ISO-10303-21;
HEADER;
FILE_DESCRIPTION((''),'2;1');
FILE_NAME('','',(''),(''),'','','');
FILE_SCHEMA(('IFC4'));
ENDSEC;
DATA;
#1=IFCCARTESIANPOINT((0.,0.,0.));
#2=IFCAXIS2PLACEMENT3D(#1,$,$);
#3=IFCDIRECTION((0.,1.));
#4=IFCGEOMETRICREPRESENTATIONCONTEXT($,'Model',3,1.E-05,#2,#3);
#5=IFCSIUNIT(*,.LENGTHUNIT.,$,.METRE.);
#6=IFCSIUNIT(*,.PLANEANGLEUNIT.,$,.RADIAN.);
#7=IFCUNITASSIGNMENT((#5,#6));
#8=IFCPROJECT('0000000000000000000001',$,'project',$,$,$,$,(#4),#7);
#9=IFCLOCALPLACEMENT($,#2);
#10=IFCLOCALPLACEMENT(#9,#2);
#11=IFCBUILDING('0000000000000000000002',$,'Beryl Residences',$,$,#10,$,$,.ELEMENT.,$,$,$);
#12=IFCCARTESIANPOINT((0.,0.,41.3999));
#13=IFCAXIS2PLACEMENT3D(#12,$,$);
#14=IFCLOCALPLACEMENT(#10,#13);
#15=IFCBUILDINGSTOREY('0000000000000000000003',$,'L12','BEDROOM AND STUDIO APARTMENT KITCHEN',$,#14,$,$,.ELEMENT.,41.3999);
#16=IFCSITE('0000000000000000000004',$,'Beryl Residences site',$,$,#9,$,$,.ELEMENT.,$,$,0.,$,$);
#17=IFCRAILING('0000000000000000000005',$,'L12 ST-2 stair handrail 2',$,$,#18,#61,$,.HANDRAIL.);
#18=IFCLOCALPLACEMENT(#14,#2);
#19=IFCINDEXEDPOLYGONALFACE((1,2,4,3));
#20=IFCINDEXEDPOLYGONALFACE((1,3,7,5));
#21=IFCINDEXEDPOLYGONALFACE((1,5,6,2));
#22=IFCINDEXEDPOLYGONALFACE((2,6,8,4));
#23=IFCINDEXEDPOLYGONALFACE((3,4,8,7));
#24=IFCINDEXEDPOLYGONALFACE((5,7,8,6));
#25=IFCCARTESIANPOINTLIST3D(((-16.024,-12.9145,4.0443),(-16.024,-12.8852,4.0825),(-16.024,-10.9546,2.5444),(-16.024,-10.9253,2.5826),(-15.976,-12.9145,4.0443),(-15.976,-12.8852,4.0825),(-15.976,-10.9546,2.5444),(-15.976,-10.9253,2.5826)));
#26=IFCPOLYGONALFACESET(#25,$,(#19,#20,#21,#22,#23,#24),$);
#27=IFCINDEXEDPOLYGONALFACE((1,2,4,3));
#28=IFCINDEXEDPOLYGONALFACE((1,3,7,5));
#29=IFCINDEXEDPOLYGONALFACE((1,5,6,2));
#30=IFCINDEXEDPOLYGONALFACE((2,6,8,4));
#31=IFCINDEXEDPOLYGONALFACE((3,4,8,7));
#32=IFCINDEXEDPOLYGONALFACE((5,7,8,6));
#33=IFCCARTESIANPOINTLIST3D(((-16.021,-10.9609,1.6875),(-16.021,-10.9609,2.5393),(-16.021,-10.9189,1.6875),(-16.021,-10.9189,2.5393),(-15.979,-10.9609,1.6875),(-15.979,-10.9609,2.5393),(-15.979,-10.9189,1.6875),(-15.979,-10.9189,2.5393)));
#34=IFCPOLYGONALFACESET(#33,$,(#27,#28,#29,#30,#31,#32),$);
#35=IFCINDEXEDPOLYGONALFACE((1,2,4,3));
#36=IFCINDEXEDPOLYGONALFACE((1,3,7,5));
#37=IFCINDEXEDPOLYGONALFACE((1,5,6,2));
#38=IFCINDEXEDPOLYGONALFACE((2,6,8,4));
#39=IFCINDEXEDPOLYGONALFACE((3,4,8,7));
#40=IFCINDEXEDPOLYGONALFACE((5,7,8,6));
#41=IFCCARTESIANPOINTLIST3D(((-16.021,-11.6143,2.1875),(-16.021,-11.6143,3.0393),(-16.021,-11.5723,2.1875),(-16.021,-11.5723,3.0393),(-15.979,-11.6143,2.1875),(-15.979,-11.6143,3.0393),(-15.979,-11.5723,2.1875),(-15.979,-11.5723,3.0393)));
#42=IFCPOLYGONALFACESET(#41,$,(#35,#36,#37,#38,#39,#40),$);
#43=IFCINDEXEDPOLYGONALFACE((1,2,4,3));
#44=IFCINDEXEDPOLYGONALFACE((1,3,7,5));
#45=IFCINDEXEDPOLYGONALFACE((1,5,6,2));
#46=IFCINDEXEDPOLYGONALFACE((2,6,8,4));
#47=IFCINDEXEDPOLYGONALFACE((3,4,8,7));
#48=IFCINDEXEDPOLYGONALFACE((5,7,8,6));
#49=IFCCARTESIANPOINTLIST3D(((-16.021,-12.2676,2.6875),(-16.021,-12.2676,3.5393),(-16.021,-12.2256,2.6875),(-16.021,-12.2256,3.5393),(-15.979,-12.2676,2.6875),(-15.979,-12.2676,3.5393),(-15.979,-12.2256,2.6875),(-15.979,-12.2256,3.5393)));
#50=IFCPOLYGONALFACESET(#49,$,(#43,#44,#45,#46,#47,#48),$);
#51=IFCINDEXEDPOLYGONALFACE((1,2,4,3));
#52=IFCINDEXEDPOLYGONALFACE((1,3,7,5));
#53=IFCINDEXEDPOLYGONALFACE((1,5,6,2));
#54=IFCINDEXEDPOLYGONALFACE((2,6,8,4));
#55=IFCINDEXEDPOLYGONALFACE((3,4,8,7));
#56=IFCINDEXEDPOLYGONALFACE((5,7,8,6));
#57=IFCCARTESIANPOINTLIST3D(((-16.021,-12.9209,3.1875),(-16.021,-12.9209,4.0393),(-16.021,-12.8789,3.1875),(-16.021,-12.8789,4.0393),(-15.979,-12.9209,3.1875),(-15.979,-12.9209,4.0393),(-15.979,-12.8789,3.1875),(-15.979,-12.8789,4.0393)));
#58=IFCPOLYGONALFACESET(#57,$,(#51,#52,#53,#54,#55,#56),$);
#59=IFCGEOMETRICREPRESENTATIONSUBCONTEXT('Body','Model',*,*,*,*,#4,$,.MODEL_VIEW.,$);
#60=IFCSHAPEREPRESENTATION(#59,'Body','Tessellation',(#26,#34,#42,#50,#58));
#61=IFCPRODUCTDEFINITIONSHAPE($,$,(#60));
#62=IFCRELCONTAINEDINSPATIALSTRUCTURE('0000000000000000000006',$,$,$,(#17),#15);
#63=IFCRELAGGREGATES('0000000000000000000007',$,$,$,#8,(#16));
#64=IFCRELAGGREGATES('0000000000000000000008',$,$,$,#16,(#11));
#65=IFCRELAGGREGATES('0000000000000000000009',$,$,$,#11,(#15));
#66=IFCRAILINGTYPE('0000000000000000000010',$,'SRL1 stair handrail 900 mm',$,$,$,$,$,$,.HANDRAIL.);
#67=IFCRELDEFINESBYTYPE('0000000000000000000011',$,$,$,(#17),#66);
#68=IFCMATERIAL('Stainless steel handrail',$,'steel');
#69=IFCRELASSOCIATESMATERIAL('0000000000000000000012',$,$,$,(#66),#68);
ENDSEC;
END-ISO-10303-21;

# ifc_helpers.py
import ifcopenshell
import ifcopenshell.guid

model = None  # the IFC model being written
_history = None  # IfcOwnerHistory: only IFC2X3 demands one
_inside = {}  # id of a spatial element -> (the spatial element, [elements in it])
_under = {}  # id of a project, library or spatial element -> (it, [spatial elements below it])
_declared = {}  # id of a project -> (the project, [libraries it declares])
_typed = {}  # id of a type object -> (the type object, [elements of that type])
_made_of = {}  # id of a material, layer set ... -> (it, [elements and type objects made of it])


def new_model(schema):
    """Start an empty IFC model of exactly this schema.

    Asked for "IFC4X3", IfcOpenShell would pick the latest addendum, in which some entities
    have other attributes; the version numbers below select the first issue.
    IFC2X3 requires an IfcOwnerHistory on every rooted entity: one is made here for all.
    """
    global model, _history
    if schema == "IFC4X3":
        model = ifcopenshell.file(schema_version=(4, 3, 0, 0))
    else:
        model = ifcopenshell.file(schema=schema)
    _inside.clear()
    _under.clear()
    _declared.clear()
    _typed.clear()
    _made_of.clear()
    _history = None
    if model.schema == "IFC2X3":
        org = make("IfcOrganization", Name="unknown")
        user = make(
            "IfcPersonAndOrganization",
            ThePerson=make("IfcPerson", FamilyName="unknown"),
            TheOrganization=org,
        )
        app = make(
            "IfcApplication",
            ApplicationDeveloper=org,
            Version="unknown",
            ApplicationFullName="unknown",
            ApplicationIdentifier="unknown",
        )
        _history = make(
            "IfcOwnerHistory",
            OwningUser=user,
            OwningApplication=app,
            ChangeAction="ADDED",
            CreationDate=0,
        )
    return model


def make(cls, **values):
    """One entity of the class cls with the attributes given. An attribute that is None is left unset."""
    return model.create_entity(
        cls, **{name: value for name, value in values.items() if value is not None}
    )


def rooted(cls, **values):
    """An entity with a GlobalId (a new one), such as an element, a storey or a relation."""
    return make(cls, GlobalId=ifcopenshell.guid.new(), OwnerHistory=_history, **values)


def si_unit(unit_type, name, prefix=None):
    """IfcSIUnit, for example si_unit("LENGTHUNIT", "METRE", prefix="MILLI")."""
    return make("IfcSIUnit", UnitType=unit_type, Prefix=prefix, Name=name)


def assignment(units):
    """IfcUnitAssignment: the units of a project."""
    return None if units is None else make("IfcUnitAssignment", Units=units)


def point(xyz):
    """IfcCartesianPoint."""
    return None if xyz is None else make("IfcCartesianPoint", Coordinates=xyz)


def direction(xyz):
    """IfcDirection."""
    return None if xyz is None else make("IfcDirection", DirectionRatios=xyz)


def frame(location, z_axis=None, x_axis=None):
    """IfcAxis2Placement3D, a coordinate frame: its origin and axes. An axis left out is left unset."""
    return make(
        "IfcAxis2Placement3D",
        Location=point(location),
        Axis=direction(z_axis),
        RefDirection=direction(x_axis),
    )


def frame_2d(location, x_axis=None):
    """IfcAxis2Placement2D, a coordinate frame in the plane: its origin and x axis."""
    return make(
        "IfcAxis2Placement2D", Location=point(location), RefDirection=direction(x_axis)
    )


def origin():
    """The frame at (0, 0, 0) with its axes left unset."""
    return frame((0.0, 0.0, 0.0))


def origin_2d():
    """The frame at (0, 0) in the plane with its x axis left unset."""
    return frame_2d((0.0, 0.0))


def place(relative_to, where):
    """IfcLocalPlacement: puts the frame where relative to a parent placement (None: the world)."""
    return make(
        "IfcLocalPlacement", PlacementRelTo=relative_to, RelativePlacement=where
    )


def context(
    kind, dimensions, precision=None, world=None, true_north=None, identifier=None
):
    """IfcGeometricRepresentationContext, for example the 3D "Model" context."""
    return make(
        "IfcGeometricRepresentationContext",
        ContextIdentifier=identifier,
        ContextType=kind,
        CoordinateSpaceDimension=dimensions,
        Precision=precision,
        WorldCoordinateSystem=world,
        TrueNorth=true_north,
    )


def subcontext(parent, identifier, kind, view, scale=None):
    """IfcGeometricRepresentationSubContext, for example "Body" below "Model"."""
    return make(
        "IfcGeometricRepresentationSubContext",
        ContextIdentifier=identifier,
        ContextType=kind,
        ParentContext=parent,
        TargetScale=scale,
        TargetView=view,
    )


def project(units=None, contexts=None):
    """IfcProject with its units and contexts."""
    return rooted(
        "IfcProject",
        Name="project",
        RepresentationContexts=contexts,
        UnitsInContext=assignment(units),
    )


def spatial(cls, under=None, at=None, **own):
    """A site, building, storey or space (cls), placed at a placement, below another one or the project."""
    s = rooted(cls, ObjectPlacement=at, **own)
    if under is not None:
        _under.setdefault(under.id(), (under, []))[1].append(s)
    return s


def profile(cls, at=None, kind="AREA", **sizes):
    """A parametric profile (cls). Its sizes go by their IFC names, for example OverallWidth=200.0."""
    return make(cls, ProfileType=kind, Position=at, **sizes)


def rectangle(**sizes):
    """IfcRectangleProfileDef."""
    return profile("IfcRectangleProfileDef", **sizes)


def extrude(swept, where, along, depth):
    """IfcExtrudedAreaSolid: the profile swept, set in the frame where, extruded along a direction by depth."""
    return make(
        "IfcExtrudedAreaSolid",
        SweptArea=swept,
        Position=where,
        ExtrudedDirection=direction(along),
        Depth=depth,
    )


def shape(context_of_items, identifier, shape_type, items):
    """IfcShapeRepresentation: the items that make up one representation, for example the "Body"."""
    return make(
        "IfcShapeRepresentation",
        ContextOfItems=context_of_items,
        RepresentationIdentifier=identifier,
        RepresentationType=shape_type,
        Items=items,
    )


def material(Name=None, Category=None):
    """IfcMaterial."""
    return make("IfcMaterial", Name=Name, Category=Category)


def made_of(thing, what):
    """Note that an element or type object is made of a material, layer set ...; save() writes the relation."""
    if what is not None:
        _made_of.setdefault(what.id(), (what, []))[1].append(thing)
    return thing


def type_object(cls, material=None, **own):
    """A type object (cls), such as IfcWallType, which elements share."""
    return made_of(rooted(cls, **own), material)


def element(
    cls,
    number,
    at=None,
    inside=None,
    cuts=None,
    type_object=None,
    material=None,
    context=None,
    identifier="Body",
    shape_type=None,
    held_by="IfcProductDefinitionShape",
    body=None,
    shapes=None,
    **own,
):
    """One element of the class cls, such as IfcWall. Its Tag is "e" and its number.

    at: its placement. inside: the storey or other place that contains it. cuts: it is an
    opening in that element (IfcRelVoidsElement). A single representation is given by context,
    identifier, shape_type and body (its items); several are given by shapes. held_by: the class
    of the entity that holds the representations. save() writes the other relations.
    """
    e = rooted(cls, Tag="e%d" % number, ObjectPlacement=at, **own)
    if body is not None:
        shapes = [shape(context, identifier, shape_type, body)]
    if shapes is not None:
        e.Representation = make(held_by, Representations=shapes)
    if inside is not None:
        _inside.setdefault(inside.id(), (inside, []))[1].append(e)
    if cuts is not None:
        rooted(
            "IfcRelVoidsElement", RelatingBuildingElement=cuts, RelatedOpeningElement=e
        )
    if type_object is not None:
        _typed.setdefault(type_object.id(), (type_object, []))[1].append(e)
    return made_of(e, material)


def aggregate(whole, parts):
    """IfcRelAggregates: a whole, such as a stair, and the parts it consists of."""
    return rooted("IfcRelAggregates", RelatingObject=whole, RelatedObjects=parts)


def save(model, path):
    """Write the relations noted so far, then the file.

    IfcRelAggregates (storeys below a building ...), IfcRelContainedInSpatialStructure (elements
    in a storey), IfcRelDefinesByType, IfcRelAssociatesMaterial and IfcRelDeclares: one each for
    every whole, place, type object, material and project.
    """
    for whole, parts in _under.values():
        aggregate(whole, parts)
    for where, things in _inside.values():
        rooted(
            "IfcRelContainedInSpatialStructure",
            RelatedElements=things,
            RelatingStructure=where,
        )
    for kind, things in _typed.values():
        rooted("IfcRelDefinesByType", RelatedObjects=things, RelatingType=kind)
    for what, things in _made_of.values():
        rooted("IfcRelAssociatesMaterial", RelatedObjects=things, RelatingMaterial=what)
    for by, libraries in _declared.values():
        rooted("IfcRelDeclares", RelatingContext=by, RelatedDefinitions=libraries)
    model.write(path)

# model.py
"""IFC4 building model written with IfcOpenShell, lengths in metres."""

from ifc_helpers import new_model, si_unit, direction, frame, origin, origin_2d, place, context, subcontext, project, spatial, rectangle, extrude, material, type_object, element, save


model = new_model("IFC4")

# Units and contexts
model_context = context("Model", 3, precision=1e-05, world=origin(), true_north=direction((0.0, 1.0)))
body_context = subcontext(model_context, "Body", "Model", "MODEL_VIEW")
ifc_project = project(units=[si_unit("LENGTHUNIT", "METRE"), si_unit("PLANEANGLEUNIT", "RADIAN")], contexts=[model_context])

# Site, building, storey
site_placement = place(None, origin())
site = spatial("IfcSite", under=ifc_project, at=site_placement, Name="Beryl Residences site", CompositionType="ELEMENT", RefElevation=0.0)
building_placement = place(site_placement, origin())
building = spatial("IfcBuilding", under=site, at=building_placement, Name="Beryl Residences", CompositionType="ELEMENT")
storey_placement = place(building_placement, frame((0.0, 0.0, 41.3999)))
storey = spatial("IfcBuildingStorey", under=building, at=storey_placement, Name="L12", Description="BEDROOM AND STUDIO APARTMENT KITCHEN", CompositionType="ELEMENT", Elevation=41.3999)

# Railing
ifc_material_1 = material(Name="Stainless steel handrail", Category="steel")
railing_type_1 = type_object("IfcRailingType", Name="SRL1 stair handrail 900 mm", PredefinedType="HANDRAIL", material=ifc_material_1)
railing_1_placement = place(storey_placement, frame((-16.0, -10.9399, 1.6875)))
element("IfcRailing", 1, at=railing_1_placement, inside=storey, type_object=railing_type_1, Name="L12 ST-2 stair handrail 2", PredefinedType="HANDRAIL", context=body_context, shape_type="SweptSolid", body=[
    extrude(rectangle(XDim=0.0481, YDim=0.0481, at=origin_2d()), frame((0.0, 0.0, 0.876), z_axis=(0.0, -0.794122, 0.607758), x_axis=(1.0, 0.0, 0.0)), (0.0, 0.0, 1.0), 2.468),
    extrude(rectangle(XDim=0.042, YDim=0.042, at=origin_2d()), origin(), (0.0, 0.0, 1.0), 0.8518),
    extrude(rectangle(XDim=0.042, YDim=0.042, at=origin_2d()), frame((0.0, -0.6533, 0.5)), (0.0, 0.0, 1.0), 0.8518),
    extrude(rectangle(XDim=0.042, YDim=0.042, at=origin_2d()), frame((0.0, -1.3066, 1.0)), (0.0, 0.0, 1.0), 0.8518),
    extrude(rectangle(XDim=0.042, YDim=0.042, at=origin_2d()), frame((0.0, -1.96, 1.5)), (0.0, 0.0, 1.0), 0.8518),
])

save(model, "model.ifc")
